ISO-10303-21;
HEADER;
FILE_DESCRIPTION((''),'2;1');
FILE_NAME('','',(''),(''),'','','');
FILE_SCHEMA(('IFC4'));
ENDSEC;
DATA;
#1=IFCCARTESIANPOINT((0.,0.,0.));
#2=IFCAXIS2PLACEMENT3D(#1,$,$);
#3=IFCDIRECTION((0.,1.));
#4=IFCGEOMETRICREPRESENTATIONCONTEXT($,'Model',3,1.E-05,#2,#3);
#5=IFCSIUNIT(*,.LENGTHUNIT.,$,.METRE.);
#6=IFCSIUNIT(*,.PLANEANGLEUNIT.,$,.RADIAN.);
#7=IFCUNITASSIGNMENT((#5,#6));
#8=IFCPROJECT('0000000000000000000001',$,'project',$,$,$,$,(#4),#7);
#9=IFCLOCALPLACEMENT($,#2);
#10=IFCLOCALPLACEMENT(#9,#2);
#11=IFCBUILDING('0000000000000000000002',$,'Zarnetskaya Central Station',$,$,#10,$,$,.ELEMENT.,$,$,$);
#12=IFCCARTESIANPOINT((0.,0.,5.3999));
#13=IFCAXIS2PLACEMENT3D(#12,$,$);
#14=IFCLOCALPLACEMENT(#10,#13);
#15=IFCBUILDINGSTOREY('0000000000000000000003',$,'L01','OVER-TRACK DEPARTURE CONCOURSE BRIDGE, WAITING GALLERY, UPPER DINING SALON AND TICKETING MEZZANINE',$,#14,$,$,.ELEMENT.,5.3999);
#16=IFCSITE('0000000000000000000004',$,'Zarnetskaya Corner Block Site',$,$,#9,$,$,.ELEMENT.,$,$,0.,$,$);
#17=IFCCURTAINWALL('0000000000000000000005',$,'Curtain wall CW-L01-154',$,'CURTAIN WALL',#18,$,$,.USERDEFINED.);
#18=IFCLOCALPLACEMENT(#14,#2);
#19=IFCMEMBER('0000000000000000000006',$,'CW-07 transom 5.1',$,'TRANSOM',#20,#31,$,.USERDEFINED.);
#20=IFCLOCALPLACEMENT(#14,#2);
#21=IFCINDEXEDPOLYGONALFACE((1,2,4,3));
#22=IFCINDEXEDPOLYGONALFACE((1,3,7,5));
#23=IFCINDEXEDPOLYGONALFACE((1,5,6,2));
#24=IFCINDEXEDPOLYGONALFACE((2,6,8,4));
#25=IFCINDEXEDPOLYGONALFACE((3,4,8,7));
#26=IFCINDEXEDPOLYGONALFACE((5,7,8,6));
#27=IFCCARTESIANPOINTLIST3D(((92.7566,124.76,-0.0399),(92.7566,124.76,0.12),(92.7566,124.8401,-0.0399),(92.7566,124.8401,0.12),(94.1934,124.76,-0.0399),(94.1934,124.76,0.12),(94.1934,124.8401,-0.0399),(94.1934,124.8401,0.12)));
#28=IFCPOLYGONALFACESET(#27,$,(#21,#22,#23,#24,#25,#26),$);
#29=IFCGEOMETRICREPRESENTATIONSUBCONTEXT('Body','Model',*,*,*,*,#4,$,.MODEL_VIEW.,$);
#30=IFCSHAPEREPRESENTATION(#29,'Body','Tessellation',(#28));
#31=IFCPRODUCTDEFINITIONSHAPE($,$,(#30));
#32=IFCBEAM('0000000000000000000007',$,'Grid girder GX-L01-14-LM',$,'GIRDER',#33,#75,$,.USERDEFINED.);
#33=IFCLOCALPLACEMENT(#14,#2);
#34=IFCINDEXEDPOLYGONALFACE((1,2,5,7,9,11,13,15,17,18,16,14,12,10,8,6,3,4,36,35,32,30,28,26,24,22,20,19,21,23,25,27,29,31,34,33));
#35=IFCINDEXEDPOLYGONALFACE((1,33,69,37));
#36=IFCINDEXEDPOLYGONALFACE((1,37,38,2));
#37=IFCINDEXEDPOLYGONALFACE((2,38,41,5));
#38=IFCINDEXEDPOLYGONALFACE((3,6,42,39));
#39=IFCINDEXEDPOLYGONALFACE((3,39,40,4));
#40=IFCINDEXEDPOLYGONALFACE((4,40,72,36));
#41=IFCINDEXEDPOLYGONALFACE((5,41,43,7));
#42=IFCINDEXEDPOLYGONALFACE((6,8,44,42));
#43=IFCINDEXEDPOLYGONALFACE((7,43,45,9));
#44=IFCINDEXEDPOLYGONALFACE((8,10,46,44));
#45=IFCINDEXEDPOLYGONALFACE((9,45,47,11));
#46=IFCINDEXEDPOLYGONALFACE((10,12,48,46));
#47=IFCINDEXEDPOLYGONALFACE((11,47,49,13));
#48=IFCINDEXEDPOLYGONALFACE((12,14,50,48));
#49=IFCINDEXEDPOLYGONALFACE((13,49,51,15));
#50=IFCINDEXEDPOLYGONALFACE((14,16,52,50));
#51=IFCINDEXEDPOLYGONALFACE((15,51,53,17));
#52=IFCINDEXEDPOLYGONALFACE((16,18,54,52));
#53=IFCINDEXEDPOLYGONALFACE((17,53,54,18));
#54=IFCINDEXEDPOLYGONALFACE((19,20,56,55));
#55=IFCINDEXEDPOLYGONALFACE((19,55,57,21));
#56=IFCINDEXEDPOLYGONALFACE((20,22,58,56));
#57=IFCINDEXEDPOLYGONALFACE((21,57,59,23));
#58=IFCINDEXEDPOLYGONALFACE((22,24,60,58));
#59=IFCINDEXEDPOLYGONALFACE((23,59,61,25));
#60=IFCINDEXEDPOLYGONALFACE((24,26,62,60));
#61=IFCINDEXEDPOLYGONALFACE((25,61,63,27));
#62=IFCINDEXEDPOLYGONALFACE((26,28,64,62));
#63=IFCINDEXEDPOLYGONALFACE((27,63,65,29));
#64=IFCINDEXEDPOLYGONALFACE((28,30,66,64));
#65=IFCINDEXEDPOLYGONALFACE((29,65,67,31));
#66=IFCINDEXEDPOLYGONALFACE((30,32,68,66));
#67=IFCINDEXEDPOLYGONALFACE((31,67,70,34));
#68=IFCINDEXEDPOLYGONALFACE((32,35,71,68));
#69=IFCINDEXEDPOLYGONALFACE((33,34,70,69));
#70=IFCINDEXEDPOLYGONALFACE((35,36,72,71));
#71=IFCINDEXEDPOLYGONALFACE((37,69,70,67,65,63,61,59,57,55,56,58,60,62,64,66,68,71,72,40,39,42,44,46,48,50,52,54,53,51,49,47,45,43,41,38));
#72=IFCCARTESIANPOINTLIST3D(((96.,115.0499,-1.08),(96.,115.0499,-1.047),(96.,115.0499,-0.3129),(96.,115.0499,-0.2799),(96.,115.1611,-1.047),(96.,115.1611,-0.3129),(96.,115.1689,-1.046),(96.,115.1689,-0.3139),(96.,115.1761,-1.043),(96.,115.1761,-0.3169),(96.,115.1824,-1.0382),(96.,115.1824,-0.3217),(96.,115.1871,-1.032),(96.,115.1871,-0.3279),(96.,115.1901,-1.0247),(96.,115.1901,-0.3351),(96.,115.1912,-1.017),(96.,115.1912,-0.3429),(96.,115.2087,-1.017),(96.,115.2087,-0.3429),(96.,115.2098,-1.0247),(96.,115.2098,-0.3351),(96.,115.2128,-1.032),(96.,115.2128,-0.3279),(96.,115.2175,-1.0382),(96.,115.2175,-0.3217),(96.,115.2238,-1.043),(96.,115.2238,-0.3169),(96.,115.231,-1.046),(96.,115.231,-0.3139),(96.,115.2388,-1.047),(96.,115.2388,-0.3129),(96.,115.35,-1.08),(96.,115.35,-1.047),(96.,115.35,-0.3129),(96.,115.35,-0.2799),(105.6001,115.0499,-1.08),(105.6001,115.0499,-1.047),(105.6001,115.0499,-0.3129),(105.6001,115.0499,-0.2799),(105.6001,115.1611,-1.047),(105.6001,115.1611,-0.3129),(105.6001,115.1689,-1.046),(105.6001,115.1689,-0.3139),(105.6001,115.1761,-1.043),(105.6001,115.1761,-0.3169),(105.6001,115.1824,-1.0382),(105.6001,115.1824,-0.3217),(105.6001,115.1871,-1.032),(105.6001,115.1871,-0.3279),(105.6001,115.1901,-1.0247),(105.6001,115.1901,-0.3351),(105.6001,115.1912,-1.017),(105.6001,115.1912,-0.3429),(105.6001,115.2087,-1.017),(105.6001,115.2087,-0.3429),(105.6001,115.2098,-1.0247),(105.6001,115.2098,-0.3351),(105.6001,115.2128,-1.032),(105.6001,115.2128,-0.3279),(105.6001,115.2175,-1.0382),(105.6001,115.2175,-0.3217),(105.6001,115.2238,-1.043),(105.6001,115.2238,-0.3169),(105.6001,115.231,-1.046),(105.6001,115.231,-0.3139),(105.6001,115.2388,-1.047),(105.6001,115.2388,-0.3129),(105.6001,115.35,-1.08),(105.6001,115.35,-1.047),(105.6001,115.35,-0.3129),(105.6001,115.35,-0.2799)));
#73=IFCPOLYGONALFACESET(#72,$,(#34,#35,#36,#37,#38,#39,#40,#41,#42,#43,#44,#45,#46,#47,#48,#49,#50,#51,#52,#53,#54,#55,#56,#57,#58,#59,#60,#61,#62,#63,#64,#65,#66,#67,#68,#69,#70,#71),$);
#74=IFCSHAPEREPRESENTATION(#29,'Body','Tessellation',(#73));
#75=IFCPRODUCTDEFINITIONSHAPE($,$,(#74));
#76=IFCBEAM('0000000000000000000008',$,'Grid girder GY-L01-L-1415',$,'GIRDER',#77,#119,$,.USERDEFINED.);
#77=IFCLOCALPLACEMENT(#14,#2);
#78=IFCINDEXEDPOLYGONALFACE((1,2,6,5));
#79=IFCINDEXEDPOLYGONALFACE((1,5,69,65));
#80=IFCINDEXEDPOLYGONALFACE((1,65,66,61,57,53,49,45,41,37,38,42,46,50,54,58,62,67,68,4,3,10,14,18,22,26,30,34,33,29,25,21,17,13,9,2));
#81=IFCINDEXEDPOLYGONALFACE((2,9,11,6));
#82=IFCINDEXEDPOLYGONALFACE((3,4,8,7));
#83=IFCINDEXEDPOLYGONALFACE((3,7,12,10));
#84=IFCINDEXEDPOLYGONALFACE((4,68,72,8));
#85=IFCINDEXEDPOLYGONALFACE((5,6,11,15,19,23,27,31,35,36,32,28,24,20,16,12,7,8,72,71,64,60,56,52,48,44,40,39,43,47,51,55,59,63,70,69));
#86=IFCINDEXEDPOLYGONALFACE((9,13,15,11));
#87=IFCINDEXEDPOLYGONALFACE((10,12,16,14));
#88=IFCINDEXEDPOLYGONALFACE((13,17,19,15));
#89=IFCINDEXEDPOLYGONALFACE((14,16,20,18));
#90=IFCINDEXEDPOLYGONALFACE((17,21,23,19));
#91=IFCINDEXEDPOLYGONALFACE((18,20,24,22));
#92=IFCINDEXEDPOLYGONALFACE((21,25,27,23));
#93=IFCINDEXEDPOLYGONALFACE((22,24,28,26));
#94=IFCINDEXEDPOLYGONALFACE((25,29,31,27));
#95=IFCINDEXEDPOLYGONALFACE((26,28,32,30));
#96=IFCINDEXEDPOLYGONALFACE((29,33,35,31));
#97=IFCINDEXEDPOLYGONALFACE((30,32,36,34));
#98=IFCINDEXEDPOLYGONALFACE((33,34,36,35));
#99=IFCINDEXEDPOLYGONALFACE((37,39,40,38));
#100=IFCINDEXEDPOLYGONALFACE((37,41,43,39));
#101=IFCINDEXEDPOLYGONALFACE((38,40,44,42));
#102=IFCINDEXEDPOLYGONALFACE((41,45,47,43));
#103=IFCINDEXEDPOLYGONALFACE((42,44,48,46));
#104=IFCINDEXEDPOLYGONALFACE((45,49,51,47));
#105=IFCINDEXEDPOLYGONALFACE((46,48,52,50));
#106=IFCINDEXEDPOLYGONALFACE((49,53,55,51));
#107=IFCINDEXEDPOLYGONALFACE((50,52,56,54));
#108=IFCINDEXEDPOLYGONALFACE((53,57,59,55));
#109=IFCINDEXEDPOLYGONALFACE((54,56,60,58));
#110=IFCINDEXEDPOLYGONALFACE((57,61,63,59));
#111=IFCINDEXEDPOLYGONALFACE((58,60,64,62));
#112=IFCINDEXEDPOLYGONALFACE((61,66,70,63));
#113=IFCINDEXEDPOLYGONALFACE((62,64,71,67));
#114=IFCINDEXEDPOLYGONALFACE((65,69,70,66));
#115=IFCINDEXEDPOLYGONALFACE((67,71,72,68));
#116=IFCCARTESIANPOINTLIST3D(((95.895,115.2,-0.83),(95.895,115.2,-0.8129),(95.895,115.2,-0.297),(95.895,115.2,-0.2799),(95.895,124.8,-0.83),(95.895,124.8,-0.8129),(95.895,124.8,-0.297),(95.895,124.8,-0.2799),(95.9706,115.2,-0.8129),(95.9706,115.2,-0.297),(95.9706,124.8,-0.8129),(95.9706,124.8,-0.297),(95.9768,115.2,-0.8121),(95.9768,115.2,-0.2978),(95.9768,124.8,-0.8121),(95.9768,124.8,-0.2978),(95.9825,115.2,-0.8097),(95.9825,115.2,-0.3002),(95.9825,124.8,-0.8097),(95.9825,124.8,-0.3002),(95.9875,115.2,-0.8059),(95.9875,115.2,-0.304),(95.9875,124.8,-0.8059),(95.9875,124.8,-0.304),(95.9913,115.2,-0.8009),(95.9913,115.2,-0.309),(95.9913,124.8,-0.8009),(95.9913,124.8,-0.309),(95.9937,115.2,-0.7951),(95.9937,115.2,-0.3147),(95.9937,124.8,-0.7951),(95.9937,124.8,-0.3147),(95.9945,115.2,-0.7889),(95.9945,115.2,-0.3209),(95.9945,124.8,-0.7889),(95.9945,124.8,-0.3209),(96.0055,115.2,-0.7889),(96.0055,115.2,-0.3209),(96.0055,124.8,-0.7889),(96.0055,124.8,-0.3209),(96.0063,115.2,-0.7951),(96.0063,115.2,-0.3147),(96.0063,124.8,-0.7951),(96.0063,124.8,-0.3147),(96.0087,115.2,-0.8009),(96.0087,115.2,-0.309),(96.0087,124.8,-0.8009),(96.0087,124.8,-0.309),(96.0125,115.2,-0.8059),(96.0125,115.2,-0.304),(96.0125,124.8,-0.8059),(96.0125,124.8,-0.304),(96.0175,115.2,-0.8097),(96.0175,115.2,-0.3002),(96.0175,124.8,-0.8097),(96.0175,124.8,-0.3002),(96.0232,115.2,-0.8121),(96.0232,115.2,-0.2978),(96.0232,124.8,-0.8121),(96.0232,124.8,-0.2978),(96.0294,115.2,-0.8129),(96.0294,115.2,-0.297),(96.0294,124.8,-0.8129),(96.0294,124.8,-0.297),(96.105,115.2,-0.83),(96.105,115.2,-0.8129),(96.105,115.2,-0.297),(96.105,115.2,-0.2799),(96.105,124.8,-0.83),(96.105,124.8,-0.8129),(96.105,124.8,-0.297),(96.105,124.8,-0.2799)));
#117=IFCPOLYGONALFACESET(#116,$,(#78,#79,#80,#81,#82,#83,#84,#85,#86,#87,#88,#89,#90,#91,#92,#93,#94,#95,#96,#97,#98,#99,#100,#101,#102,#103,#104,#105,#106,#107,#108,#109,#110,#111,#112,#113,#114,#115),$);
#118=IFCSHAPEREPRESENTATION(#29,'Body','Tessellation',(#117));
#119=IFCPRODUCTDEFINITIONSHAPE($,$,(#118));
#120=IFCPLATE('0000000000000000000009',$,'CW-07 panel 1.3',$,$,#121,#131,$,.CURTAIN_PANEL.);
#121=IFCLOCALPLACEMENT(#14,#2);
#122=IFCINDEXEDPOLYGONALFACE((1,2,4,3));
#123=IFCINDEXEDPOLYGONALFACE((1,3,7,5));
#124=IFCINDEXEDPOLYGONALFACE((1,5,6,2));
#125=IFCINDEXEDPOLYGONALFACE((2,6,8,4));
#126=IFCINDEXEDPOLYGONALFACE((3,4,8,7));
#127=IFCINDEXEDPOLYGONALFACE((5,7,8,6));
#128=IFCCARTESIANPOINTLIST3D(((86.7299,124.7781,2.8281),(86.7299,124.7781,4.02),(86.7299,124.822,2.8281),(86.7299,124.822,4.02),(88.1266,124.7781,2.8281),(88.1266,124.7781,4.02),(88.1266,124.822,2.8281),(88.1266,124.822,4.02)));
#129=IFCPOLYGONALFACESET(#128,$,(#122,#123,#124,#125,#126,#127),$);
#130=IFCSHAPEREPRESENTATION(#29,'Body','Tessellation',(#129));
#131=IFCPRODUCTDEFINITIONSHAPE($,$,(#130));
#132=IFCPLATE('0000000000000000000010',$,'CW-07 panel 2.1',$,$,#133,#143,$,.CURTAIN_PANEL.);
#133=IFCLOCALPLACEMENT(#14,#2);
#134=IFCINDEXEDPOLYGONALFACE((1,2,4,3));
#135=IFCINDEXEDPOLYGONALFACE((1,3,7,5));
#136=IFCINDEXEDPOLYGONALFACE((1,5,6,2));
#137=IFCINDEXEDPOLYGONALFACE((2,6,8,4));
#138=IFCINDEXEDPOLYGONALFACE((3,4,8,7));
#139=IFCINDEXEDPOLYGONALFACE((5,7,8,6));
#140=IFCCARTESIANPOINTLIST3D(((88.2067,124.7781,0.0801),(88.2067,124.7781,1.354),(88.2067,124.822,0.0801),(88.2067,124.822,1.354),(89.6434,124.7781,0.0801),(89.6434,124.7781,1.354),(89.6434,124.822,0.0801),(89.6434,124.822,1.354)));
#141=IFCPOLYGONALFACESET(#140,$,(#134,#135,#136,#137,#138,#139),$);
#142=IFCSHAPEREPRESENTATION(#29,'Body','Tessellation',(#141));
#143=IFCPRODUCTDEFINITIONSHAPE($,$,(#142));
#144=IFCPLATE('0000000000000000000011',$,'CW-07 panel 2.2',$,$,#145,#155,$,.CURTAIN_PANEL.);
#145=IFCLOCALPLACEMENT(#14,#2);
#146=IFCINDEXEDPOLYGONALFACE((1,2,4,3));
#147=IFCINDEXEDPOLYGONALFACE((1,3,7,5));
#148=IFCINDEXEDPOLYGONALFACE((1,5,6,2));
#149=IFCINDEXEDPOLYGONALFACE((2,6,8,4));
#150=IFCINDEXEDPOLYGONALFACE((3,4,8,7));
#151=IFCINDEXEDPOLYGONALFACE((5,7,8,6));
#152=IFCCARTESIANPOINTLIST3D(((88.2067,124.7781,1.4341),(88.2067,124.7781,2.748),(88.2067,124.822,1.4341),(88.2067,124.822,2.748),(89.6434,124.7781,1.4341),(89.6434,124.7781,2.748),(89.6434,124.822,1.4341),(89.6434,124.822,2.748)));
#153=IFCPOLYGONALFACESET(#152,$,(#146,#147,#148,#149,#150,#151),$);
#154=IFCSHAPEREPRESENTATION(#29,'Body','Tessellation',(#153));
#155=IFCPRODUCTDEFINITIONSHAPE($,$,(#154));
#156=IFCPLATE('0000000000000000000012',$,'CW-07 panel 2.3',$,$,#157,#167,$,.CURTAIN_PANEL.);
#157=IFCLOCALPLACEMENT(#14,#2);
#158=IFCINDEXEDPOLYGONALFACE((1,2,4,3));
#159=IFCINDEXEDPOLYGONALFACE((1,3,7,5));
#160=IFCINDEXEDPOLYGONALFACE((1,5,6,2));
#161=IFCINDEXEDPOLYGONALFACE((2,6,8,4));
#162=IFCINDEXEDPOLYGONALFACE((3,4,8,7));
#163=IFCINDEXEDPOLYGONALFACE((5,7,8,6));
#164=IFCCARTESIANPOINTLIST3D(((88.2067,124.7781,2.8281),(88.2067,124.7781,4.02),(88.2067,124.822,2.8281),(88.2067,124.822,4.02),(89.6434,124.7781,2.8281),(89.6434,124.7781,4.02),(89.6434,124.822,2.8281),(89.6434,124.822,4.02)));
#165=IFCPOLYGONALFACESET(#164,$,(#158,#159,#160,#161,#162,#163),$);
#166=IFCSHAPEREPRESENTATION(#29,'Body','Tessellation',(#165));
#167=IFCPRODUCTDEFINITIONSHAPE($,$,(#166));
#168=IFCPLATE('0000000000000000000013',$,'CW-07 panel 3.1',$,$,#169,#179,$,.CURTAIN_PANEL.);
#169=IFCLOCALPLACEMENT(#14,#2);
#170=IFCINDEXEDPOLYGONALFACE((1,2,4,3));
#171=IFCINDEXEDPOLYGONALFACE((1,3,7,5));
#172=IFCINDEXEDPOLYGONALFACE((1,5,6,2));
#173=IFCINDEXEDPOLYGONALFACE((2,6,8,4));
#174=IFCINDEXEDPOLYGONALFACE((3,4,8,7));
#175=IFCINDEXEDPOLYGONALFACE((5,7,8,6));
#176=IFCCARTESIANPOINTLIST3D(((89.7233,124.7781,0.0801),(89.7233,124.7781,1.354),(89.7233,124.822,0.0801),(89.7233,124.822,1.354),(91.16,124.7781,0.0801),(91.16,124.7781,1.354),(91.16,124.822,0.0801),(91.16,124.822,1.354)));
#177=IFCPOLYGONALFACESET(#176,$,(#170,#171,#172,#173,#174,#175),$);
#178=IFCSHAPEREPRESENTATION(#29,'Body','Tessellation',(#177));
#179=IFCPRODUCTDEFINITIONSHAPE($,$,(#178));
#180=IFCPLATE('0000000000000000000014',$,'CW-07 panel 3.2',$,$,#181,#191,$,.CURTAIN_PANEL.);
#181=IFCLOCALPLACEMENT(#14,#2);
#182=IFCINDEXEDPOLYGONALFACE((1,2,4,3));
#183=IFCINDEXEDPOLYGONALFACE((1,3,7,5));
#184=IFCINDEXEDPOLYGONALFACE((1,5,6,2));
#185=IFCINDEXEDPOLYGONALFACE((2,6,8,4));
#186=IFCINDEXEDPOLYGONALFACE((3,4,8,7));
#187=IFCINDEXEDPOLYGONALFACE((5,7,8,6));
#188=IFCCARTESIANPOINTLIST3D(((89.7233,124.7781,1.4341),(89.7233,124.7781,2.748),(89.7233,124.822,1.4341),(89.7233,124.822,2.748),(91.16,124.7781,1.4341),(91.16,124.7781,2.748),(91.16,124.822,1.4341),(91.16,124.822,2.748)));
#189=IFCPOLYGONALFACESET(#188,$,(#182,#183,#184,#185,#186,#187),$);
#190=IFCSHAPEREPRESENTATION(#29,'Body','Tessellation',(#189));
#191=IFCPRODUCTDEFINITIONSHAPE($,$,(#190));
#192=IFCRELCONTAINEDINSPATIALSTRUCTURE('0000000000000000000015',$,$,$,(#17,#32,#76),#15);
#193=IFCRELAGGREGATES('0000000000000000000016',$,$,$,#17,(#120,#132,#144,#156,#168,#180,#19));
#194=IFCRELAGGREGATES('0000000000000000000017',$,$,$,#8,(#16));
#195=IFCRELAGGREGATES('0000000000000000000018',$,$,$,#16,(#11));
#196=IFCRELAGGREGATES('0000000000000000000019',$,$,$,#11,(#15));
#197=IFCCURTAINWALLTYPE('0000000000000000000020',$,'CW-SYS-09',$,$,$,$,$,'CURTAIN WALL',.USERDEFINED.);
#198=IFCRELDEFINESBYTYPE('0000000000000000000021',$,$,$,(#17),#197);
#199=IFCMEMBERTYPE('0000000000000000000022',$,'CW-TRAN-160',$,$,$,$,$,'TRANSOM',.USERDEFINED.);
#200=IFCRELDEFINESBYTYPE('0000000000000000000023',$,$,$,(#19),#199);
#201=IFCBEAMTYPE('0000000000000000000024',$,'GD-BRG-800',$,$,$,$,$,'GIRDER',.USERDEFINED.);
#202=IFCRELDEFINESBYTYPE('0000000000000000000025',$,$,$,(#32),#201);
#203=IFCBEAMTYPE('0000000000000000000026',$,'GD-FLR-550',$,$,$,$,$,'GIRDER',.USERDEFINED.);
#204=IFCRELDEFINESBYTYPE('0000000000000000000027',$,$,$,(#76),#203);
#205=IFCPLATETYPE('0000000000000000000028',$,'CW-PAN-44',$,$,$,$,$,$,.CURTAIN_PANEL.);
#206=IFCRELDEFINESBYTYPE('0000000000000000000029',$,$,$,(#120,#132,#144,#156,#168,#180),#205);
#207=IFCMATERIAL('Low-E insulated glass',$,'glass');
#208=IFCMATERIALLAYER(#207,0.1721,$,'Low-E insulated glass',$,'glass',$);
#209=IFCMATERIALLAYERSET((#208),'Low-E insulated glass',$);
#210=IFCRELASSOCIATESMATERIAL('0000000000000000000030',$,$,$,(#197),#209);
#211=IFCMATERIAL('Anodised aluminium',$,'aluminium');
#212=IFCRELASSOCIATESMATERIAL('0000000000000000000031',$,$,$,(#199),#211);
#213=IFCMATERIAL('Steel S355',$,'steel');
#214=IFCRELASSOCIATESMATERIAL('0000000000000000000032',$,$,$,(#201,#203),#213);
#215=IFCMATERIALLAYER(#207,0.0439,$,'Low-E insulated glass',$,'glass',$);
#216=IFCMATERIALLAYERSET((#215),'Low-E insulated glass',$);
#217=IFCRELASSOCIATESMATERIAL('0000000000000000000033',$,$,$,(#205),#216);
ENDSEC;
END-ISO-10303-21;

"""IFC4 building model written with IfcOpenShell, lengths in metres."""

from ifc_helpers import new_model, si_unit, direction, frame, origin, origin_2d, place, context, subcontext, project, spatial, rectangle, i_section, extrude, material, layer, layer_set, material_profile, profile_set, type_object, element, aggregate, save


model = new_model("IFC4")

# Units and contexts
model_context = context("Model", 3, precision=1e-05, world=origin(), true_north=direction((0.0, 1.0)))
body_context = subcontext(model_context, "Body", "Model", "MODEL_VIEW")
ifc_project = project(units=[si_unit("LENGTHUNIT", "METRE"), si_unit("PLANEANGLEUNIT", "RADIAN")], contexts=[model_context])

# Site, building, storey
site_placement = place(None, origin())
site = spatial("IfcSite", under=ifc_project, at=site_placement, Name="Zarnetskaya Corner Block Site", CompositionType="ELEMENT", RefElevation=0.0)
building_placement = place(site_placement, origin())
building = spatial("IfcBuilding", under=site, at=building_placement, Name="Zarnetskaya Central Station", CompositionType="ELEMENT")
storey_placement = place(building_placement, frame((0.0, 0.0, 5.3999)))
storey = spatial("IfcBuildingStorey", under=building, at=storey_placement, Name="L01", Description="OVER-TRACK DEPARTURE CONCOURSE BRIDGE, WAITING GALLERY, UPPER DINING SALON AND TICKETING MEZZANINE", CompositionType="ELEMENT", Elevation=5.3999)

# Shared definitions
ifc_material_1 = material(Name="Steel S355", Category="steel")

# Curtain wall, member
ifc_material_2 = material(Name="Low-E insulated glass", Category="glass")
ifc_layer_1 = layer(ifc_material_2, 0.1721, Name="Low-E insulated glass", Category="glass")
ifc_layer_set_1 = layer_set([ifc_layer_1], Name="Low-E insulated glass")
curtain_wall_type = type_object("IfcCurtainWallType", Name="CW-SYS-09", ElementType="CURTAIN WALL", PredefinedType="USERDEFINED", material=ifc_layer_set_1)
curtain_wall_placement = place(storey_placement, origin())
curtain_wall = element("IfcCurtainWall", 1, at=curtain_wall_placement, inside=storey, type_object=curtain_wall_type, Name="Curtain wall CW-L01-154", ObjectType="CURTAIN WALL", PredefinedType="USERDEFINED")
ifc_material_3 = material(Name="Anodised aluminium", Category="aluminium")
ifc_material_profile_1 = material_profile(ifc_material_3, rectangle(XDim=0.0801, YDim=0.1599, at=origin_2d()), Name="ALU TRAN 80x160")
ifc_profile_set_1 = profile_set([ifc_material_profile_1], Name="Anodised aluminium")
member_type_1 = type_object("IfcMemberType", Name="CW-TRAN-160", ElementType="TRANSOM", PredefinedType="USERDEFINED", material=ifc_profile_set_1)
member_1_placement = place(storey_placement, frame((92.7566, 124.8, 0.04), z_axis=(1.0, 0.0, 0.0), x_axis=(0.0, 1.0, 0.0)))
member_1 = element("IfcMember", 2, at=member_1_placement, type_object=member_type_1, Name="CW-07 transom 5.1", ObjectType="TRANSOM", PredefinedType="USERDEFINED", context=body_context, shape_type="SweptSolid", body=[
    extrude(rectangle(XDim=0.0801, YDim=0.1599, at=origin_2d()), origin(), (0.0, 0.0, 1.0), 1.4368),
])

# Beams
ifc_material_profile_2 = material_profile(ifc_material_1, i_section(OverallWidth=0.3, OverallDepth=0.8, WebThickness=0.0176, FlangeThickness=0.033, FilletRadius=0.03, at=origin_2d()), Name="HEB 800")
ifc_profile_set_2 = profile_set([ifc_material_profile_2], Name="Steel S355")
beam_type_1 = type_object("IfcBeamType", Name="GD-BRG-800", ElementType="GIRDER", PredefinedType="USERDEFINED", material=ifc_profile_set_2)
beam_1_placement = place(storey_placement, frame((96.0, 115.2, -0.6799), z_axis=(1.0, 0.0, 0.0), x_axis=(0.0, 1.0, 0.0)))
element("IfcBeam", 3, at=beam_1_placement, inside=storey, type_object=beam_type_1, Name="Grid girder GX-L01-14-LM", ObjectType="GIRDER", PredefinedType="USERDEFINED", context=body_context, shape_type="SweptSolid", body=[
    extrude(i_section(OverallWidth=0.3, OverallDepth=0.8, WebThickness=0.0176, FlangeThickness=0.033, FilletRadius=0.03, at=origin_2d()), origin(), (0.0, 0.0, 1.0), 9.6001),
])
ifc_material_profile_3 = material_profile(ifc_material_1, i_section(OverallWidth=0.21, OverallDepth=0.55, WebThickness=0.011, FlangeThickness=0.0171, FilletRadius=0.0239, at=origin_2d()), Name="IPE 550")
ifc_profile_set_3 = profile_set([ifc_material_profile_3], Name="Steel S355")
beam_type_2 = type_object("IfcBeamType", Name="GD-FLR-550", ElementType="GIRDER", PredefinedType="USERDEFINED", material=ifc_profile_set_3)
beam_2_placement = place(storey_placement, frame((96.0, 115.2, -0.5549), z_axis=(0.0, 1.0, 0.0), x_axis=(-1.0, 0.0, 0.0)))
element("IfcBeam", 4, at=beam_2_placement, inside=storey, type_object=beam_type_2, Name="Grid girder GY-L01-L-1415", ObjectType="GIRDER", PredefinedType="USERDEFINED", context=body_context, shape_type="SweptSolid", body=[
    extrude(i_section(OverallWidth=0.21, OverallDepth=0.55, WebThickness=0.011, FlangeThickness=0.0171, FilletRadius=0.0239, at=origin_2d()), origin(), (0.0, 0.0, 1.0), 9.6001),
])

# Plates
ifc_layer_2 = layer(ifc_material_2, 0.0439, Name="Low-E insulated glass", Category="glass")
ifc_layer_set_2 = layer_set([ifc_layer_2], Name="Low-E insulated glass")
plate_type = type_object("IfcPlateType", Name="CW-PAN-44", PredefinedType="CURTAIN_PANEL", material=ifc_layer_set_2)
plate_1_placement = place(storey_placement, frame((87.4282, 124.8, 2.8281), z_axis=(0.0, 0.0, 1.0), x_axis=(1.0, 0.0, 0.0)))
plate_1 = element("IfcPlate", 5, at=plate_1_placement, type_object=plate_type, Name="CW-07 panel 1.3", PredefinedType="CURTAIN_PANEL", context=body_context, shape_type="SweptSolid", body=[
    extrude(rectangle(XDim=1.3967, YDim=0.0439, at=origin_2d()), origin(), (0.0, 0.0, 1.0), 1.1919),
])
plate_2_placement = place(storey_placement, frame((88.925, 124.8, 0.0801), z_axis=(0.0, 0.0, 1.0), x_axis=(1.0, 0.0, 0.0)))
plate_2 = element("IfcPlate", 6, at=plate_2_placement, type_object=plate_type, Name="CW-07 panel 2.1", PredefinedType="CURTAIN_PANEL", context=body_context, shape_type="SweptSolid", body=[
    extrude(rectangle(XDim=1.4368, YDim=0.0439, at=origin_2d()), origin(), (0.0, 0.0, 1.0), 1.2739),
])
plate_3_placement = place(storey_placement, frame((88.925, 124.8, 1.4341), z_axis=(0.0, 0.0, 1.0), x_axis=(1.0, 0.0, 0.0)))
plate_3 = element("IfcPlate", 7, at=plate_3_placement, type_object=plate_type, Name="CW-07 panel 2.2", PredefinedType="CURTAIN_PANEL", context=body_context, shape_type="SweptSolid", body=[
    extrude(rectangle(XDim=1.4368, YDim=0.0439, at=origin_2d()), origin(), (0.0, 0.0, 1.0), 1.314),
])
plate_4_placement = place(storey_placement, frame((88.925, 124.8, 2.8281), z_axis=(0.0, 0.0, 1.0), x_axis=(1.0, 0.0, 0.0)))
plate_4 = element("IfcPlate", 8, at=plate_4_placement, type_object=plate_type, Name="CW-07 panel 2.3", PredefinedType="CURTAIN_PANEL", context=body_context, shape_type="SweptSolid", body=[
    extrude(rectangle(XDim=1.4368, YDim=0.0439, at=origin_2d()), origin(), (0.0, 0.0, 1.0), 1.1919),
])
plate_5_placement = place(storey_placement, frame((90.4417, 124.8, 0.0801), z_axis=(0.0, 0.0, 1.0), x_axis=(1.0, 0.0, 0.0)))
plate_5 = element("IfcPlate", 9, at=plate_5_placement, type_object=plate_type, Name="CW-07 panel 3.1", PredefinedType="CURTAIN_PANEL", context=body_context, shape_type="SweptSolid", body=[
    extrude(rectangle(XDim=1.4368, YDim=0.0439, at=origin_2d()), origin(), (0.0, 0.0, 1.0), 1.2739),
])
plate_6_placement = place(storey_placement, frame((90.4417, 124.8, 1.4341), z_axis=(0.0, 0.0, 1.0), x_axis=(1.0, 0.0, 0.0)))
plate_6 = element("IfcPlate", 10, at=plate_6_placement, type_object=plate_type, Name="CW-07 panel 3.2", PredefinedType="CURTAIN_PANEL", context=body_context, shape_type="SweptSolid", body=[
    extrude(rectangle(XDim=1.4368, YDim=0.0439, at=origin_2d()), origin(), (0.0, 0.0, 1.0), 1.314),
])
aggregate(curtain_wall, [plate_1, plate_2, plate_3, plate_4, plate_5, plate_6, member_1])

save(model, "model.ifc")
